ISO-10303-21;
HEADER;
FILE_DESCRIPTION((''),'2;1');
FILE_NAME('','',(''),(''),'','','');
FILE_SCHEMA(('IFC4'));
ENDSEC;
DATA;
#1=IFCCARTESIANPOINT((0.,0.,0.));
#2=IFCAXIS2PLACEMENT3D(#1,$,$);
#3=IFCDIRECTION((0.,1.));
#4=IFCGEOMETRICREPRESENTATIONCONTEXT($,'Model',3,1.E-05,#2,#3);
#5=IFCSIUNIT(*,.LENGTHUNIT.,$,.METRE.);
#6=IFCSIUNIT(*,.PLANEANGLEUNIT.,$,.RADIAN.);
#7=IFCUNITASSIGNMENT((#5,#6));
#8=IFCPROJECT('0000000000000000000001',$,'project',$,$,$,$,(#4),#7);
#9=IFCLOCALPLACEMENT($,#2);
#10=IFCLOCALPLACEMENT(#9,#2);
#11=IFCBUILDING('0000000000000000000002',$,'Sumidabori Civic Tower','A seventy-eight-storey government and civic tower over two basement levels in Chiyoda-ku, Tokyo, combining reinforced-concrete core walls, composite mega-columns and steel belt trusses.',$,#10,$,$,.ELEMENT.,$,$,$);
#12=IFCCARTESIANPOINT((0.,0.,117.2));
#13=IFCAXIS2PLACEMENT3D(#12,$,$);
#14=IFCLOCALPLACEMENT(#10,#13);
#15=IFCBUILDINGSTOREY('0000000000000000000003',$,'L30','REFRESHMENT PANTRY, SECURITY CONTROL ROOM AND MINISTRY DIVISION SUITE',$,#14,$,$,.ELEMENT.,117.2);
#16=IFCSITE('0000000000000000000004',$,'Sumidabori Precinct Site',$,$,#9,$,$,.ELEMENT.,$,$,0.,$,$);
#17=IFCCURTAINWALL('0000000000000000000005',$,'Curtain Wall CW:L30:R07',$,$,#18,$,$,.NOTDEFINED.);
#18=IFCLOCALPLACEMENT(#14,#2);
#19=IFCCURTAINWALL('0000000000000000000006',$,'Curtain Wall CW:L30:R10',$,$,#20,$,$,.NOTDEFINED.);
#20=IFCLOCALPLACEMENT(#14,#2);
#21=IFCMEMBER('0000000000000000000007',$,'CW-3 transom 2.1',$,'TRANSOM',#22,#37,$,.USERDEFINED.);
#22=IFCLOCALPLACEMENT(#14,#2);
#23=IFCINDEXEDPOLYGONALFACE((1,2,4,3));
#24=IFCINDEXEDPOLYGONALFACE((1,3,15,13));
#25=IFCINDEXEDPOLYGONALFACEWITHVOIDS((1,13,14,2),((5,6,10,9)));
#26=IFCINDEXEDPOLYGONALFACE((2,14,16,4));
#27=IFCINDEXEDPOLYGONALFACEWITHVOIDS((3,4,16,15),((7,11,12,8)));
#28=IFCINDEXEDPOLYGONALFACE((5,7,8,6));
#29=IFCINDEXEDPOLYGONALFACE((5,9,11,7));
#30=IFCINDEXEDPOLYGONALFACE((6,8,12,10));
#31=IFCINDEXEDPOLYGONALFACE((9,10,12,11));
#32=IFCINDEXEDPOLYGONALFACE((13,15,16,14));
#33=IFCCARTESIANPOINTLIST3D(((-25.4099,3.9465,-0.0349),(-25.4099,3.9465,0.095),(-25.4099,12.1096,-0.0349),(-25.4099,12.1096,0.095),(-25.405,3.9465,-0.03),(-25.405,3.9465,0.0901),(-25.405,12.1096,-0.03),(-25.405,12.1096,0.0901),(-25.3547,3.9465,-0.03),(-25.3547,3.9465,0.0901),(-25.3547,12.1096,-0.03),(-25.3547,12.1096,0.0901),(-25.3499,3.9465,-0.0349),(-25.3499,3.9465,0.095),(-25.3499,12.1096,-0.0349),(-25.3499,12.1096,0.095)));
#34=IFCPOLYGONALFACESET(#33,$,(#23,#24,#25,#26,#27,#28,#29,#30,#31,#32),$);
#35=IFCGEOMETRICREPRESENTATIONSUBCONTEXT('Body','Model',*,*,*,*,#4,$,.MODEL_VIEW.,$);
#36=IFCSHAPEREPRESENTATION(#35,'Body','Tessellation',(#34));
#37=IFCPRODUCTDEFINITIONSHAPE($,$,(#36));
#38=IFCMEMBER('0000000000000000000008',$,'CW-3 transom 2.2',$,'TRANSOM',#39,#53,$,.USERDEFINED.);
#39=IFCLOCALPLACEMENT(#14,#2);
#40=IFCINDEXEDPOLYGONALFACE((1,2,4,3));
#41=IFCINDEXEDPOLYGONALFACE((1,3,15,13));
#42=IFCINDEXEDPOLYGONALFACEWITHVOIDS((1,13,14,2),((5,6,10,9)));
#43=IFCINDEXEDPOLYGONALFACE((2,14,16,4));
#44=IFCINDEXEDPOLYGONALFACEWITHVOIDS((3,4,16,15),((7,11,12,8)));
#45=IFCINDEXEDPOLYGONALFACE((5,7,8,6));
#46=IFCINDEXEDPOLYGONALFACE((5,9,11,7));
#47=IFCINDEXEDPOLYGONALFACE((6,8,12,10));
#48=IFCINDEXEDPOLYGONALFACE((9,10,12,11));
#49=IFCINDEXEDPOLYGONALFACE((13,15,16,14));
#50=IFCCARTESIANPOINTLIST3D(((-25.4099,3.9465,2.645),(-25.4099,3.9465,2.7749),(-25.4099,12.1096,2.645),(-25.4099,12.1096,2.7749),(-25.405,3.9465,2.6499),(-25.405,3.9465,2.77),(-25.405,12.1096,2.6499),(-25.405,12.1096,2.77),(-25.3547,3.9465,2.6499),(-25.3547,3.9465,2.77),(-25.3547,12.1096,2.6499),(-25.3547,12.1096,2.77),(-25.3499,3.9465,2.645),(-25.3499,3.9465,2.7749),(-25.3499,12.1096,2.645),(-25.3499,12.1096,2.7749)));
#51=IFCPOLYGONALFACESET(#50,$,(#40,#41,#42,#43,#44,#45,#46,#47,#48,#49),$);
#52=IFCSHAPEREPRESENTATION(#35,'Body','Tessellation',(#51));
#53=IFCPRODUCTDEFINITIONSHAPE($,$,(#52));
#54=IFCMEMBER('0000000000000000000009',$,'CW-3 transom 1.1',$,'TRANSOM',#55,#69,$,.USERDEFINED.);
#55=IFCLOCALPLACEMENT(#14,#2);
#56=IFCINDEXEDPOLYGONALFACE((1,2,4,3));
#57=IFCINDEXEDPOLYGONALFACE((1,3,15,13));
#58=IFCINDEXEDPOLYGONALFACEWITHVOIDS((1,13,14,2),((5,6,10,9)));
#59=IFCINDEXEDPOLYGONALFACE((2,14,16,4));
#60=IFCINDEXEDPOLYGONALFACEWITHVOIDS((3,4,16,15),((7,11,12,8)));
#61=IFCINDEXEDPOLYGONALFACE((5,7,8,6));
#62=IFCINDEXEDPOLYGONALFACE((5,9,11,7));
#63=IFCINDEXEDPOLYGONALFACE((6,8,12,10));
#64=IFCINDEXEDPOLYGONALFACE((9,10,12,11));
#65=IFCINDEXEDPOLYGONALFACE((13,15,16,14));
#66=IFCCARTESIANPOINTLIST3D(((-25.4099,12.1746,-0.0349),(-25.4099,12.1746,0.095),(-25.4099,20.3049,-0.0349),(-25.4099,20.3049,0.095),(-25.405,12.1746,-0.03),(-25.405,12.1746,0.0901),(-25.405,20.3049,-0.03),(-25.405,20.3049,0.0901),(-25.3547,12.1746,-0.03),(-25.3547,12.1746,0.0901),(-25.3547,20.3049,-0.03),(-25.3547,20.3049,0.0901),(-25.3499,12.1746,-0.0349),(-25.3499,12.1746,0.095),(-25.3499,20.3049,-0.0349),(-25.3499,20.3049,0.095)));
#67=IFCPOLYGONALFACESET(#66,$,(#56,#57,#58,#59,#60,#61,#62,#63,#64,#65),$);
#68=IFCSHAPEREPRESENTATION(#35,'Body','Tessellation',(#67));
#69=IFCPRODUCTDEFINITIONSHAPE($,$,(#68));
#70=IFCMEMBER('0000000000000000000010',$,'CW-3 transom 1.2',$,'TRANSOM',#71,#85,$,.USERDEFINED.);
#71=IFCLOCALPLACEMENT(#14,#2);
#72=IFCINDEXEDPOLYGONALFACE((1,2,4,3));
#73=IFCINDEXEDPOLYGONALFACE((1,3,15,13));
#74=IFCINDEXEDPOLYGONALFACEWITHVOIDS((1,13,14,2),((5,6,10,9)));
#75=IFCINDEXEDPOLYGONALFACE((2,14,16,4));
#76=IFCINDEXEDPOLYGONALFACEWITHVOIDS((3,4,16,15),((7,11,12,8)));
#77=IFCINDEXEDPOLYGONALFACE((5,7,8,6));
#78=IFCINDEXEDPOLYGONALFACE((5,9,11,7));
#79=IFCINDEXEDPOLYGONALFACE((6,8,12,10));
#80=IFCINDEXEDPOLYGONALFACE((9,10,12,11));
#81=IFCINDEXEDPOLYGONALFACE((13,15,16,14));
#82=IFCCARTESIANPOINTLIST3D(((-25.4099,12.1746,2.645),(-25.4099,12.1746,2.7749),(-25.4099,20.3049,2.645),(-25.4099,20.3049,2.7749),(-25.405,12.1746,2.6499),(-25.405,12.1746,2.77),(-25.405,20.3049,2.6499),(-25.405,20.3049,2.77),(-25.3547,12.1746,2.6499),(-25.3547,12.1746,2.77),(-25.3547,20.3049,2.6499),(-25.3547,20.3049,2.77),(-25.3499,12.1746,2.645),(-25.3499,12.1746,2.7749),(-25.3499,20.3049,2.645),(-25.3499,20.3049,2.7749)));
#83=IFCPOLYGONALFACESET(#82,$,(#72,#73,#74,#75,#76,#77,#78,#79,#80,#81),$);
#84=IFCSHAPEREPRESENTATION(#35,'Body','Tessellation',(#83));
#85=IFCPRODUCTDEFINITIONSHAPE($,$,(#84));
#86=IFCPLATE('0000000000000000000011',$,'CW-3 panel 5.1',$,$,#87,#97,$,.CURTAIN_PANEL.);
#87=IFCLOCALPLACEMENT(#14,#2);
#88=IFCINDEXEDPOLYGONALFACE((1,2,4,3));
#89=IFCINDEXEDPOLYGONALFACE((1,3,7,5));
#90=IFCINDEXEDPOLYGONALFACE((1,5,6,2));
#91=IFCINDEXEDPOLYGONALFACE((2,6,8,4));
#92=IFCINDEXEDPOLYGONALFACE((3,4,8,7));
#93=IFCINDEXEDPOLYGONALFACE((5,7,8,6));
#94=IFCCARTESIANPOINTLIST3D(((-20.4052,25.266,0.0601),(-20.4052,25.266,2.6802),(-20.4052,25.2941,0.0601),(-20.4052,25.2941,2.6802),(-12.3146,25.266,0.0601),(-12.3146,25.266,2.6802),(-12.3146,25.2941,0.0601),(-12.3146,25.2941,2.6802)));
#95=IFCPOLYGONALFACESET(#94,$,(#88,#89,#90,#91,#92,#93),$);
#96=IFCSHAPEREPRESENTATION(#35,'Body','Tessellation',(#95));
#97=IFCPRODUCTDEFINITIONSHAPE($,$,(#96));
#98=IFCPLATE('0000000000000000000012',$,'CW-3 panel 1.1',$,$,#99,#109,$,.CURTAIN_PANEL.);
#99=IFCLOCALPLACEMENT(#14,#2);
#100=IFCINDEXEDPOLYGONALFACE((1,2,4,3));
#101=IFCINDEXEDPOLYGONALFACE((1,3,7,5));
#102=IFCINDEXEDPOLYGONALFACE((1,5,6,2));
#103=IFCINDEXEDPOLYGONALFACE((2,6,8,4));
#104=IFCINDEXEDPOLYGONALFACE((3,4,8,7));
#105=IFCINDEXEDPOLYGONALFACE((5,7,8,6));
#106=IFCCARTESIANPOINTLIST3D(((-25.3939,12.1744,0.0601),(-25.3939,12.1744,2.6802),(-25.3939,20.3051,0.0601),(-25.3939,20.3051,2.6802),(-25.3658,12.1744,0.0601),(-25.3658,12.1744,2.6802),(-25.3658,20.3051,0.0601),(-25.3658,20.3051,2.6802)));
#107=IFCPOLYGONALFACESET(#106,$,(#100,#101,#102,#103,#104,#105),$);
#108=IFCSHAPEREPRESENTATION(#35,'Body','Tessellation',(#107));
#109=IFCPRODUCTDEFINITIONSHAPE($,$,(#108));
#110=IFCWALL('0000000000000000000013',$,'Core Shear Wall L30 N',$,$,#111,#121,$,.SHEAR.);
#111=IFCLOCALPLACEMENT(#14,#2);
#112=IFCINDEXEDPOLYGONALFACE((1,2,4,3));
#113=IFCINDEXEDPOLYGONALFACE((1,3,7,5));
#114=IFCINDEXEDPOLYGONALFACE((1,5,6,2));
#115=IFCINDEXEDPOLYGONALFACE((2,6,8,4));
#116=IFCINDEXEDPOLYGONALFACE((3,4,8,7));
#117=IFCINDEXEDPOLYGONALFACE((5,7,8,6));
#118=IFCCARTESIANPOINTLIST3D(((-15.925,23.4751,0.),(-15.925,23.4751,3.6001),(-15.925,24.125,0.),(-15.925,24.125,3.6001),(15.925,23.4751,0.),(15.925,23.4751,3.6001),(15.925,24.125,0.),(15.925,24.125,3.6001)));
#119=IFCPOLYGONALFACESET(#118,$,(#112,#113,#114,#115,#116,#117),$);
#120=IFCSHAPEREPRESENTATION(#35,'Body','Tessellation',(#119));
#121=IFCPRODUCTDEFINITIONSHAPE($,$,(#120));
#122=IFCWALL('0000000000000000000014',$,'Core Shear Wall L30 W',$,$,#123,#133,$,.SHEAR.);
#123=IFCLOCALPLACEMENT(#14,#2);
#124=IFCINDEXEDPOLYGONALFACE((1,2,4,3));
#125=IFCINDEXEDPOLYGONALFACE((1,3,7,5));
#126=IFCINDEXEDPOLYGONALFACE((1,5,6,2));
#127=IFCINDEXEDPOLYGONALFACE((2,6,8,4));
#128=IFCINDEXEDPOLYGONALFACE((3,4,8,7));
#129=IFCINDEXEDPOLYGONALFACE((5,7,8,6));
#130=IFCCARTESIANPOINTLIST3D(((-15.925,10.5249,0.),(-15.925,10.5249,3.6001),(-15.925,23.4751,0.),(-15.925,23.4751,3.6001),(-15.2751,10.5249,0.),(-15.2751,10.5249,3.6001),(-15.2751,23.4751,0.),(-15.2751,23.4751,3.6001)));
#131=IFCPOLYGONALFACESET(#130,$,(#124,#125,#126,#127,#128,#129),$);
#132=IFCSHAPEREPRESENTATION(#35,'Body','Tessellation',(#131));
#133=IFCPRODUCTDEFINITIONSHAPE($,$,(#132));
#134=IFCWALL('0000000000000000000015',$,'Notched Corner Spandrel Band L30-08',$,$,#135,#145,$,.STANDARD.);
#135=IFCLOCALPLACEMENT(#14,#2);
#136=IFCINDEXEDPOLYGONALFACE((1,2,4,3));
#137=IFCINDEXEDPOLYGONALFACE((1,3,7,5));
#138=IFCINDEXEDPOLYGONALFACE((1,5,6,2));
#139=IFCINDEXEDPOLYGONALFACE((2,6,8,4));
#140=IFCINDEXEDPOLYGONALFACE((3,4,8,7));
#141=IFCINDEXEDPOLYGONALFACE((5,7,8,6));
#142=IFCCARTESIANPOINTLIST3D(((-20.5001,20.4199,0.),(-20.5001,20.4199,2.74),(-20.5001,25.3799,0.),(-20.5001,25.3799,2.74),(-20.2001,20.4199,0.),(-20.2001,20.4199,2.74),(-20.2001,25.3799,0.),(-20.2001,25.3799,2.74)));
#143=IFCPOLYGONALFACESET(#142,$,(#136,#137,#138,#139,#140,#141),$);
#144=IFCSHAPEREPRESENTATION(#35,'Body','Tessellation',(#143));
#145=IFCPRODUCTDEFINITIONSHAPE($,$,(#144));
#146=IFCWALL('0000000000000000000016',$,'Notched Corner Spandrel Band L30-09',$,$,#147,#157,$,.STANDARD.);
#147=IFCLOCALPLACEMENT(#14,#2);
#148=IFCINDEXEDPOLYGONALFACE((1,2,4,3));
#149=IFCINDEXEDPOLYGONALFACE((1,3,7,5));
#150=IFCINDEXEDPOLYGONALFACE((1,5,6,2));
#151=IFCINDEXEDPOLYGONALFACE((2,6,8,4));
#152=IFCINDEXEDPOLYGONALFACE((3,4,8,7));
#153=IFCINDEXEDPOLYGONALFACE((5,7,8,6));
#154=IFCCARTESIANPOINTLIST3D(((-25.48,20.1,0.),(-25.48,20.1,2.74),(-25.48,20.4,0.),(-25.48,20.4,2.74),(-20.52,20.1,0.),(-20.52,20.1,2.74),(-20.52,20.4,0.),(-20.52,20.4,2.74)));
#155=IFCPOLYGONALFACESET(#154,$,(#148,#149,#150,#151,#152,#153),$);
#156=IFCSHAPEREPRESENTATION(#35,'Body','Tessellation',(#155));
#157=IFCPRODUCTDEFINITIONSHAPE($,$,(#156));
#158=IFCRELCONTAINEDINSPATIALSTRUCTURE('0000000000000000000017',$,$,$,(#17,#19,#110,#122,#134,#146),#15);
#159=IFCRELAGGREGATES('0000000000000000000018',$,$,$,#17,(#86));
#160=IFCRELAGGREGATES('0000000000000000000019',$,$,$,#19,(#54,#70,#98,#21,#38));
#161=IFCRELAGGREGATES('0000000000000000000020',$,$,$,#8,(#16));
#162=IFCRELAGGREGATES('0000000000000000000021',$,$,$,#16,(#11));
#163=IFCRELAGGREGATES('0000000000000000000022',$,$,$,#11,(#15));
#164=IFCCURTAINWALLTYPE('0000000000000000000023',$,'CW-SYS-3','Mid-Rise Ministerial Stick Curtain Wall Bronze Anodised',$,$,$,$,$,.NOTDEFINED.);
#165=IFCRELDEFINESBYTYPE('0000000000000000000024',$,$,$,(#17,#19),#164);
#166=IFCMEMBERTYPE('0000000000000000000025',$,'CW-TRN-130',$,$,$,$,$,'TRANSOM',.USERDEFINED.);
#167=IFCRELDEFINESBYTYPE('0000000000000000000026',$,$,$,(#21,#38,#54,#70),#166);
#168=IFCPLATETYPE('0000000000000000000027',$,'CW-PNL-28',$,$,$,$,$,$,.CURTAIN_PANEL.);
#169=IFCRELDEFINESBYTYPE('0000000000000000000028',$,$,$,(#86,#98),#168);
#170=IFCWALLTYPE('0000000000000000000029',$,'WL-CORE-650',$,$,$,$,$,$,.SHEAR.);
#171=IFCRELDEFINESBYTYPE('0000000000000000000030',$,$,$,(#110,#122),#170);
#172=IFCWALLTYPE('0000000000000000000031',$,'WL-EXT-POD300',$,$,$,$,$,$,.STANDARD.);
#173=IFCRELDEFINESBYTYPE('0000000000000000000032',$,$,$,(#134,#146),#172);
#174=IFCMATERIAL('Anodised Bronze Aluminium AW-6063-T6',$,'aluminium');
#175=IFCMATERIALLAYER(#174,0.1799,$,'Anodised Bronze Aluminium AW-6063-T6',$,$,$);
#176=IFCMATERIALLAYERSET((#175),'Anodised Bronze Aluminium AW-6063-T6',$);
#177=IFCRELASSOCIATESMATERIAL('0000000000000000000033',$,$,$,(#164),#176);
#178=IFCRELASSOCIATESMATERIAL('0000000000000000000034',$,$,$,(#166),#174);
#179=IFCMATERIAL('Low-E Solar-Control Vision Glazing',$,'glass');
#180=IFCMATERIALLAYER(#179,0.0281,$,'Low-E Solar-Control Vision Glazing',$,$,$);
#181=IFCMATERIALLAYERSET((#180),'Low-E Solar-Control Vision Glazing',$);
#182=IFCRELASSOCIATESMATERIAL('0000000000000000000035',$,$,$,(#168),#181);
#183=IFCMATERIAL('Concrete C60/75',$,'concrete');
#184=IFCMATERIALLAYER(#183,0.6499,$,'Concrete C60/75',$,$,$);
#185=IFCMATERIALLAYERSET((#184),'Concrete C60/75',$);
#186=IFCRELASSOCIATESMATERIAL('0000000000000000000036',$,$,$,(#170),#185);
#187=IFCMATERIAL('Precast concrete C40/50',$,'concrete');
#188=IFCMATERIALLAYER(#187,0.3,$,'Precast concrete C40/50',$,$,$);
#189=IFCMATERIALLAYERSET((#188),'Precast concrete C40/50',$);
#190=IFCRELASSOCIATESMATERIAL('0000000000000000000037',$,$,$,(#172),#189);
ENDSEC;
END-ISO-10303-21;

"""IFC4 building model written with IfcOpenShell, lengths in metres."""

from ifc_helpers import new_model, si_unit, direction, frame, frame_2d, origin, origin_2d, place, context, subcontext, project, spatial, rectangle, hollow_rectangle, extrude, source, transform, mapped, material, layer, layer_set, material_profile, profile_set, type_object, element, aggregate, save


model = new_model("IFC4")

# Units and contexts
model_context = context("Model", 3, precision=1e-05, world=origin(), true_north=direction((0.0, 1.0)))
body_context = subcontext(model_context, "Body", "Model", "MODEL_VIEW")
ifc_project = project(units=[si_unit("LENGTHUNIT", "METRE"), si_unit("PLANEANGLEUNIT", "RADIAN")], contexts=[model_context])

# Site, building, storey
site_placement = place(None, origin())
site = spatial("IfcSite", under=ifc_project, at=site_placement, Name="Sumidabori Precinct Site", CompositionType="ELEMENT", RefElevation=0.0)
building_placement = place(site_placement, origin())
building = spatial("IfcBuilding", under=site, at=building_placement, Name="Sumidabori Civic Tower", Description="A seventy-eight-storey government and civic tower over two basement levels in Chiyoda-ku, Tokyo, combining reinforced-concrete core walls, composite mega-columns and steel belt trusses.", CompositionType="ELEMENT")
storey_placement = place(building_placement, frame((0.0, 0.0, 117.2)))
storey = spatial("IfcBuildingStorey", under=building, at=storey_placement, Name="L30", Description="REFRESHMENT PANTRY, SECURITY CONTROL ROOM AND MINISTRY DIVISION SUITE", CompositionType="ELEMENT", Elevation=117.2)

# Shared definitions
ifc_material_1 = material(Name="Concrete C60/75", Category="concrete")

# Curtain wall
ifc_material_2 = material(Name="Anodised Bronze Aluminium AW-6063-T6", Category="aluminium")
ifc_layer_1 = layer(ifc_material_2, 0.1799, Name="Anodised Bronze Aluminium AW-6063-T6")
ifc_layer_set_1 = layer_set([ifc_layer_1], Name="Anodised Bronze Aluminium AW-6063-T6")
curtain_wall_type = type_object("IfcCurtainWallType", Name="CW-SYS-3", Description="Mid-Rise Ministerial Stick Curtain Wall Bronze Anodised", PredefinedType="NOTDEFINED", material=ifc_layer_set_1)
curtain_wall_1_placement = place(storey_placement, origin())
curtain_wall_1 = element("IfcCurtainWall", 1, at=curtain_wall_1_placement, inside=storey, type_object=curtain_wall_type, Name="Curtain Wall CW:L30:R07", PredefinedType="NOTDEFINED")

# Curtain wall, members
curtain_wall_2_placement = place(storey_placement, origin())
curtain_wall_2 = element("IfcCurtainWall", 2, at=curtain_wall_2_placement, inside=storey, type_object=curtain_wall_type, Name="Curtain Wall CW:L30:R10", PredefinedType="NOTDEFINED")
ifc_material_profile_1 = material_profile(ifc_material_2, hollow_rectangle(XDim=0.0601, YDim=0.1299, WallThickness=0.0049, at=origin_2d()), Name="ALU TRANSOM 130x60")
ifc_profile_set_1 = profile_set([ifc_material_profile_1], Name="Anodised Bronze Aluminium AW-6063-T6")
member_type_1 = type_object("IfcMemberType", Name="CW-TRN-130", ElementType="TRANSOM", PredefinedType="USERDEFINED", material=ifc_profile_set_1)
shared_shape_1 = source(origin(), body_context, "Body", "SweptSolid", [
    extrude(hollow_rectangle(XDim=0.0601, YDim=0.1299, WallThickness=0.0049, at=origin_2d()), origin(), (0.0, 0.0, 1.0), 8.1631),
])
member_1_placement = place(storey_placement, frame((-25.3799, 12.1096, 0.03), z_axis=(0.0, -1.0, 0.0), x_axis=(1.0, 0.0, 0.0)))
member_1 = element("IfcMember", 3, at=member_1_placement, type_object=member_type_1, Name="CW-3 transom 2.1", ObjectType="TRANSOM", PredefinedType="USERDEFINED", context=body_context, shape_type="MappedRepresentation", body=[
    mapped(shared_shape_1, transform((0.0, 0.0, 0.0), x_axis=(1.0, 0.0, 0.0), y_axis=(0.0, 1.0, 0.0), z_axis=(0.0, 0.0, 1.0), scale=1.0)),
])
member_2_placement = place(storey_placement, frame((-25.3799, 12.1096, 2.71), z_axis=(0.0, -1.0, 0.0), x_axis=(1.0, 0.0, 0.0)))
member_2 = element("IfcMember", 4, at=member_2_placement, type_object=member_type_1, Name="CW-3 transom 2.2", ObjectType="TRANSOM", PredefinedType="USERDEFINED", context=body_context, shape_type="MappedRepresentation", body=[
    mapped(shared_shape_1, transform((0.0, 0.0, 0.0), x_axis=(1.0, 0.0, 0.0), y_axis=(0.0, 1.0, 0.0), z_axis=(0.0, 0.0, 1.0), scale=1.0)),
])
shared_shape_2 = source(origin(), body_context, "Body", "SweptSolid", [
    extrude(hollow_rectangle(XDim=0.0601, YDim=0.1299, WallThickness=0.0049, at=origin_2d()), origin(), (0.0, 0.0, 1.0), 8.1304),
])
member_3_placement = place(storey_placement, frame((-25.3799, 20.3049, 0.03), z_axis=(0.0, -1.0, 0.0), x_axis=(1.0, 0.0, 0.0)))
member_3 = element("IfcMember", 5, at=member_3_placement, type_object=member_type_1, Name="CW-3 transom 1.1", ObjectType="TRANSOM", PredefinedType="USERDEFINED", context=body_context, shape_type="MappedRepresentation", body=[
    mapped(shared_shape_2, transform((0.0, 0.0, 0.0), x_axis=(1.0, 0.0, 0.0), y_axis=(0.0, 1.0, 0.0), z_axis=(0.0, 0.0, 1.0), scale=1.0)),
])
member_4_placement = place(storey_placement, frame((-25.3799, 20.3049, 2.71), z_axis=(0.0, -1.0, 0.0), x_axis=(1.0, 0.0, 0.0)))
member_4 = element("IfcMember", 6, at=member_4_placement, type_object=member_type_1, Name="CW-3 transom 1.2", ObjectType="TRANSOM", PredefinedType="USERDEFINED", context=body_context, shape_type="MappedRepresentation", body=[
    mapped(shared_shape_2, transform((0.0, 0.0, 0.0), x_axis=(1.0, 0.0, 0.0), y_axis=(0.0, 1.0, 0.0), z_axis=(0.0, 0.0, 1.0), scale=1.0)),
])

# Plates
ifc_material_3 = material(Name="Low-E Solar-Control Vision Glazing", Category="glass")
ifc_layer_2 = layer(ifc_material_3, 0.0281, Name="Low-E Solar-Control Vision Glazing")
ifc_layer_set_2 = layer_set([ifc_layer_2], Name="Low-E Solar-Control Vision Glazing")
plate_type = type_object("IfcPlateType", Name="CW-PNL-28", PredefinedType="CURTAIN_PANEL", material=ifc_layer_set_2)
shared_shape_3 = source(origin(), body_context, "Body", "SweptSolid", [
    extrude(rectangle(XDim=8.0906, YDim=0.0281, at=origin_2d()), origin(), (0.0, 0.0, 1.0), 2.6201),
])
plate_1_placement = place(storey_placement, frame((-16.3599, 25.28, 0.0601), z_axis=(0.0, 0.0, 1.0), x_axis=(-1.0, 0.0, 0.0)))
plate_1 = element("IfcPlate", 7, at=plate_1_placement, type_object=plate_type, Name="CW-3 panel 5.1", PredefinedType="CURTAIN_PANEL", context=body_context, shape_type="MappedRepresentation", body=[
    mapped(shared_shape_3, transform((0.0, 0.0, 0.0), x_axis=(1.0, 0.0, 0.0), y_axis=(0.0, 1.0, 0.0), z_axis=(0.0, 0.0, 1.0), scale=1.0)),
])
aggregate(curtain_wall_1, [plate_1])
shared_shape_4 = source(origin(), body_context, "Body", "SweptSolid", [
    extrude(rectangle(XDim=8.1306, YDim=0.0281, at=origin_2d()), origin(), (0.0, 0.0, 1.0), 2.6201),
])
plate_2_placement = place(storey_placement, frame((-25.3799, 16.2397, 0.0601), z_axis=(0.0, 0.0, 1.0), x_axis=(0.0, -1.0, 0.0)))
plate_2 = element("IfcPlate", 8, at=plate_2_placement, type_object=plate_type, Name="CW-3 panel 1.1", PredefinedType="CURTAIN_PANEL", context=body_context, shape_type="MappedRepresentation", body=[
    mapped(shared_shape_4, transform((0.0, 0.0, 0.0), x_axis=(1.0, 0.0, 0.0), y_axis=(0.0, 1.0, 0.0), z_axis=(0.0, 0.0, 1.0), scale=1.0)),
])
aggregate(curtain_wall_2, [member_3, member_4, plate_2, member_1, member_2])

# Walls
ifc_layer_3 = layer(ifc_material_1, 0.6499, Name="Concrete C60/75")
ifc_layer_set_3 = layer_set([ifc_layer_3], Name="Concrete C60/75")
wall_type_1 = type_object("IfcWallType", Name="WL-CORE-650", PredefinedType="SHEAR", material=ifc_layer_set_3)
shared_shape_5 = source(origin(), body_context, "Body", "SweptSolid", [
    extrude(rectangle(XDim=31.8501, YDim=0.6499, at=frame_2d((15.925, 0.0))), origin(), (0.0, 0.0, 1.0), 3.6001),
])
wall_1_placement = place(storey_placement, frame((-15.925, 23.8, 0.0), z_axis=(0.0, 0.0, 1.0), x_axis=(1.0, 0.0, 0.0)))
element("IfcWall", 9, at=wall_1_placement, inside=storey, type_object=wall_type_1, Name="Core Shear Wall L30 N", PredefinedType="SHEAR", context=body_context, shape_type="MappedRepresentation", body=[
    mapped(shared_shape_5, transform((0.0, 0.0, 0.0), x_axis=(1.0, 0.0, 0.0), y_axis=(0.0, 1.0, 0.0), z_axis=(0.0, 0.0, 1.0), scale=1.0)),
])
shared_shape_6 = source(origin(), body_context, "Body", "SweptSolid", [
    extrude(rectangle(XDim=12.9502, YDim=0.6499, at=frame_2d((6.4751, 0.0))), origin(), (0.0, 0.0, 1.0), 3.6001),
])
wall_2_placement = place(storey_placement, frame((-15.6001, 10.5249, 0.0), z_axis=(0.0, 0.0, 1.0), x_axis=(0.0, 1.0, 0.0)))
element("IfcWall", 10, at=wall_2_placement, inside=storey, type_object=wall_type_1, Name="Core Shear Wall L30 W", PredefinedType="SHEAR", context=body_context, shape_type="MappedRepresentation", body=[
    mapped(shared_shape_6, transform((0.0, 0.0, 0.0), x_axis=(1.0, 0.0, 0.0), y_axis=(0.0, 1.0, 0.0), z_axis=(0.0, 0.0, 1.0), scale=1.0)),
])
ifc_material_4 = material(Name="Precast concrete C40/50", Category="concrete")
ifc_layer_4 = layer(ifc_material_4, 0.3, Name="Precast concrete C40/50")
ifc_layer_set_4 = layer_set([ifc_layer_4], Name="Precast concrete C40/50")
wall_type_2 = type_object("IfcWallType", Name="WL-EXT-POD300", PredefinedType="STANDARD", material=ifc_layer_set_4)
shared_shape_7 = source(origin(), body_context, "Body", "SweptSolid", [
    extrude(rectangle(XDim=4.96, YDim=0.3, at=frame_2d((2.48, 0.0))), origin(), (0.0, 0.0, 1.0), 2.74),
])
for number, where, z_axis, x_axis, name in (
    (11, (-20.3501, 25.3799, 0.0), (0.0, 0.0, 1.0), (0.0, -1.0, 0.0), "Notched Corner Spandrel Band L30-08"),
    (12, (-20.52, 20.25, 0.0), (0.0, 0.0, 1.0), (-1.0, 0.0, 0.0), "Notched Corner Spandrel Band L30-09"),
):
    element("IfcWall", number, at=place(storey_placement, frame(where, z_axis=z_axis, x_axis=x_axis)), inside=storey, type_object=wall_type_2, Name=name, PredefinedType="STANDARD", context=body_context, shape_type="MappedRepresentation", body=[
        mapped(shared_shape_7, transform((0.0, 0.0, 0.0), x_axis=(1.0, 0.0, 0.0), y_axis=(0.0, 1.0, 0.0), z_axis=(0.0, 0.0, 1.0), scale=1.0)),
    ])

save(model, "model.ifc")
